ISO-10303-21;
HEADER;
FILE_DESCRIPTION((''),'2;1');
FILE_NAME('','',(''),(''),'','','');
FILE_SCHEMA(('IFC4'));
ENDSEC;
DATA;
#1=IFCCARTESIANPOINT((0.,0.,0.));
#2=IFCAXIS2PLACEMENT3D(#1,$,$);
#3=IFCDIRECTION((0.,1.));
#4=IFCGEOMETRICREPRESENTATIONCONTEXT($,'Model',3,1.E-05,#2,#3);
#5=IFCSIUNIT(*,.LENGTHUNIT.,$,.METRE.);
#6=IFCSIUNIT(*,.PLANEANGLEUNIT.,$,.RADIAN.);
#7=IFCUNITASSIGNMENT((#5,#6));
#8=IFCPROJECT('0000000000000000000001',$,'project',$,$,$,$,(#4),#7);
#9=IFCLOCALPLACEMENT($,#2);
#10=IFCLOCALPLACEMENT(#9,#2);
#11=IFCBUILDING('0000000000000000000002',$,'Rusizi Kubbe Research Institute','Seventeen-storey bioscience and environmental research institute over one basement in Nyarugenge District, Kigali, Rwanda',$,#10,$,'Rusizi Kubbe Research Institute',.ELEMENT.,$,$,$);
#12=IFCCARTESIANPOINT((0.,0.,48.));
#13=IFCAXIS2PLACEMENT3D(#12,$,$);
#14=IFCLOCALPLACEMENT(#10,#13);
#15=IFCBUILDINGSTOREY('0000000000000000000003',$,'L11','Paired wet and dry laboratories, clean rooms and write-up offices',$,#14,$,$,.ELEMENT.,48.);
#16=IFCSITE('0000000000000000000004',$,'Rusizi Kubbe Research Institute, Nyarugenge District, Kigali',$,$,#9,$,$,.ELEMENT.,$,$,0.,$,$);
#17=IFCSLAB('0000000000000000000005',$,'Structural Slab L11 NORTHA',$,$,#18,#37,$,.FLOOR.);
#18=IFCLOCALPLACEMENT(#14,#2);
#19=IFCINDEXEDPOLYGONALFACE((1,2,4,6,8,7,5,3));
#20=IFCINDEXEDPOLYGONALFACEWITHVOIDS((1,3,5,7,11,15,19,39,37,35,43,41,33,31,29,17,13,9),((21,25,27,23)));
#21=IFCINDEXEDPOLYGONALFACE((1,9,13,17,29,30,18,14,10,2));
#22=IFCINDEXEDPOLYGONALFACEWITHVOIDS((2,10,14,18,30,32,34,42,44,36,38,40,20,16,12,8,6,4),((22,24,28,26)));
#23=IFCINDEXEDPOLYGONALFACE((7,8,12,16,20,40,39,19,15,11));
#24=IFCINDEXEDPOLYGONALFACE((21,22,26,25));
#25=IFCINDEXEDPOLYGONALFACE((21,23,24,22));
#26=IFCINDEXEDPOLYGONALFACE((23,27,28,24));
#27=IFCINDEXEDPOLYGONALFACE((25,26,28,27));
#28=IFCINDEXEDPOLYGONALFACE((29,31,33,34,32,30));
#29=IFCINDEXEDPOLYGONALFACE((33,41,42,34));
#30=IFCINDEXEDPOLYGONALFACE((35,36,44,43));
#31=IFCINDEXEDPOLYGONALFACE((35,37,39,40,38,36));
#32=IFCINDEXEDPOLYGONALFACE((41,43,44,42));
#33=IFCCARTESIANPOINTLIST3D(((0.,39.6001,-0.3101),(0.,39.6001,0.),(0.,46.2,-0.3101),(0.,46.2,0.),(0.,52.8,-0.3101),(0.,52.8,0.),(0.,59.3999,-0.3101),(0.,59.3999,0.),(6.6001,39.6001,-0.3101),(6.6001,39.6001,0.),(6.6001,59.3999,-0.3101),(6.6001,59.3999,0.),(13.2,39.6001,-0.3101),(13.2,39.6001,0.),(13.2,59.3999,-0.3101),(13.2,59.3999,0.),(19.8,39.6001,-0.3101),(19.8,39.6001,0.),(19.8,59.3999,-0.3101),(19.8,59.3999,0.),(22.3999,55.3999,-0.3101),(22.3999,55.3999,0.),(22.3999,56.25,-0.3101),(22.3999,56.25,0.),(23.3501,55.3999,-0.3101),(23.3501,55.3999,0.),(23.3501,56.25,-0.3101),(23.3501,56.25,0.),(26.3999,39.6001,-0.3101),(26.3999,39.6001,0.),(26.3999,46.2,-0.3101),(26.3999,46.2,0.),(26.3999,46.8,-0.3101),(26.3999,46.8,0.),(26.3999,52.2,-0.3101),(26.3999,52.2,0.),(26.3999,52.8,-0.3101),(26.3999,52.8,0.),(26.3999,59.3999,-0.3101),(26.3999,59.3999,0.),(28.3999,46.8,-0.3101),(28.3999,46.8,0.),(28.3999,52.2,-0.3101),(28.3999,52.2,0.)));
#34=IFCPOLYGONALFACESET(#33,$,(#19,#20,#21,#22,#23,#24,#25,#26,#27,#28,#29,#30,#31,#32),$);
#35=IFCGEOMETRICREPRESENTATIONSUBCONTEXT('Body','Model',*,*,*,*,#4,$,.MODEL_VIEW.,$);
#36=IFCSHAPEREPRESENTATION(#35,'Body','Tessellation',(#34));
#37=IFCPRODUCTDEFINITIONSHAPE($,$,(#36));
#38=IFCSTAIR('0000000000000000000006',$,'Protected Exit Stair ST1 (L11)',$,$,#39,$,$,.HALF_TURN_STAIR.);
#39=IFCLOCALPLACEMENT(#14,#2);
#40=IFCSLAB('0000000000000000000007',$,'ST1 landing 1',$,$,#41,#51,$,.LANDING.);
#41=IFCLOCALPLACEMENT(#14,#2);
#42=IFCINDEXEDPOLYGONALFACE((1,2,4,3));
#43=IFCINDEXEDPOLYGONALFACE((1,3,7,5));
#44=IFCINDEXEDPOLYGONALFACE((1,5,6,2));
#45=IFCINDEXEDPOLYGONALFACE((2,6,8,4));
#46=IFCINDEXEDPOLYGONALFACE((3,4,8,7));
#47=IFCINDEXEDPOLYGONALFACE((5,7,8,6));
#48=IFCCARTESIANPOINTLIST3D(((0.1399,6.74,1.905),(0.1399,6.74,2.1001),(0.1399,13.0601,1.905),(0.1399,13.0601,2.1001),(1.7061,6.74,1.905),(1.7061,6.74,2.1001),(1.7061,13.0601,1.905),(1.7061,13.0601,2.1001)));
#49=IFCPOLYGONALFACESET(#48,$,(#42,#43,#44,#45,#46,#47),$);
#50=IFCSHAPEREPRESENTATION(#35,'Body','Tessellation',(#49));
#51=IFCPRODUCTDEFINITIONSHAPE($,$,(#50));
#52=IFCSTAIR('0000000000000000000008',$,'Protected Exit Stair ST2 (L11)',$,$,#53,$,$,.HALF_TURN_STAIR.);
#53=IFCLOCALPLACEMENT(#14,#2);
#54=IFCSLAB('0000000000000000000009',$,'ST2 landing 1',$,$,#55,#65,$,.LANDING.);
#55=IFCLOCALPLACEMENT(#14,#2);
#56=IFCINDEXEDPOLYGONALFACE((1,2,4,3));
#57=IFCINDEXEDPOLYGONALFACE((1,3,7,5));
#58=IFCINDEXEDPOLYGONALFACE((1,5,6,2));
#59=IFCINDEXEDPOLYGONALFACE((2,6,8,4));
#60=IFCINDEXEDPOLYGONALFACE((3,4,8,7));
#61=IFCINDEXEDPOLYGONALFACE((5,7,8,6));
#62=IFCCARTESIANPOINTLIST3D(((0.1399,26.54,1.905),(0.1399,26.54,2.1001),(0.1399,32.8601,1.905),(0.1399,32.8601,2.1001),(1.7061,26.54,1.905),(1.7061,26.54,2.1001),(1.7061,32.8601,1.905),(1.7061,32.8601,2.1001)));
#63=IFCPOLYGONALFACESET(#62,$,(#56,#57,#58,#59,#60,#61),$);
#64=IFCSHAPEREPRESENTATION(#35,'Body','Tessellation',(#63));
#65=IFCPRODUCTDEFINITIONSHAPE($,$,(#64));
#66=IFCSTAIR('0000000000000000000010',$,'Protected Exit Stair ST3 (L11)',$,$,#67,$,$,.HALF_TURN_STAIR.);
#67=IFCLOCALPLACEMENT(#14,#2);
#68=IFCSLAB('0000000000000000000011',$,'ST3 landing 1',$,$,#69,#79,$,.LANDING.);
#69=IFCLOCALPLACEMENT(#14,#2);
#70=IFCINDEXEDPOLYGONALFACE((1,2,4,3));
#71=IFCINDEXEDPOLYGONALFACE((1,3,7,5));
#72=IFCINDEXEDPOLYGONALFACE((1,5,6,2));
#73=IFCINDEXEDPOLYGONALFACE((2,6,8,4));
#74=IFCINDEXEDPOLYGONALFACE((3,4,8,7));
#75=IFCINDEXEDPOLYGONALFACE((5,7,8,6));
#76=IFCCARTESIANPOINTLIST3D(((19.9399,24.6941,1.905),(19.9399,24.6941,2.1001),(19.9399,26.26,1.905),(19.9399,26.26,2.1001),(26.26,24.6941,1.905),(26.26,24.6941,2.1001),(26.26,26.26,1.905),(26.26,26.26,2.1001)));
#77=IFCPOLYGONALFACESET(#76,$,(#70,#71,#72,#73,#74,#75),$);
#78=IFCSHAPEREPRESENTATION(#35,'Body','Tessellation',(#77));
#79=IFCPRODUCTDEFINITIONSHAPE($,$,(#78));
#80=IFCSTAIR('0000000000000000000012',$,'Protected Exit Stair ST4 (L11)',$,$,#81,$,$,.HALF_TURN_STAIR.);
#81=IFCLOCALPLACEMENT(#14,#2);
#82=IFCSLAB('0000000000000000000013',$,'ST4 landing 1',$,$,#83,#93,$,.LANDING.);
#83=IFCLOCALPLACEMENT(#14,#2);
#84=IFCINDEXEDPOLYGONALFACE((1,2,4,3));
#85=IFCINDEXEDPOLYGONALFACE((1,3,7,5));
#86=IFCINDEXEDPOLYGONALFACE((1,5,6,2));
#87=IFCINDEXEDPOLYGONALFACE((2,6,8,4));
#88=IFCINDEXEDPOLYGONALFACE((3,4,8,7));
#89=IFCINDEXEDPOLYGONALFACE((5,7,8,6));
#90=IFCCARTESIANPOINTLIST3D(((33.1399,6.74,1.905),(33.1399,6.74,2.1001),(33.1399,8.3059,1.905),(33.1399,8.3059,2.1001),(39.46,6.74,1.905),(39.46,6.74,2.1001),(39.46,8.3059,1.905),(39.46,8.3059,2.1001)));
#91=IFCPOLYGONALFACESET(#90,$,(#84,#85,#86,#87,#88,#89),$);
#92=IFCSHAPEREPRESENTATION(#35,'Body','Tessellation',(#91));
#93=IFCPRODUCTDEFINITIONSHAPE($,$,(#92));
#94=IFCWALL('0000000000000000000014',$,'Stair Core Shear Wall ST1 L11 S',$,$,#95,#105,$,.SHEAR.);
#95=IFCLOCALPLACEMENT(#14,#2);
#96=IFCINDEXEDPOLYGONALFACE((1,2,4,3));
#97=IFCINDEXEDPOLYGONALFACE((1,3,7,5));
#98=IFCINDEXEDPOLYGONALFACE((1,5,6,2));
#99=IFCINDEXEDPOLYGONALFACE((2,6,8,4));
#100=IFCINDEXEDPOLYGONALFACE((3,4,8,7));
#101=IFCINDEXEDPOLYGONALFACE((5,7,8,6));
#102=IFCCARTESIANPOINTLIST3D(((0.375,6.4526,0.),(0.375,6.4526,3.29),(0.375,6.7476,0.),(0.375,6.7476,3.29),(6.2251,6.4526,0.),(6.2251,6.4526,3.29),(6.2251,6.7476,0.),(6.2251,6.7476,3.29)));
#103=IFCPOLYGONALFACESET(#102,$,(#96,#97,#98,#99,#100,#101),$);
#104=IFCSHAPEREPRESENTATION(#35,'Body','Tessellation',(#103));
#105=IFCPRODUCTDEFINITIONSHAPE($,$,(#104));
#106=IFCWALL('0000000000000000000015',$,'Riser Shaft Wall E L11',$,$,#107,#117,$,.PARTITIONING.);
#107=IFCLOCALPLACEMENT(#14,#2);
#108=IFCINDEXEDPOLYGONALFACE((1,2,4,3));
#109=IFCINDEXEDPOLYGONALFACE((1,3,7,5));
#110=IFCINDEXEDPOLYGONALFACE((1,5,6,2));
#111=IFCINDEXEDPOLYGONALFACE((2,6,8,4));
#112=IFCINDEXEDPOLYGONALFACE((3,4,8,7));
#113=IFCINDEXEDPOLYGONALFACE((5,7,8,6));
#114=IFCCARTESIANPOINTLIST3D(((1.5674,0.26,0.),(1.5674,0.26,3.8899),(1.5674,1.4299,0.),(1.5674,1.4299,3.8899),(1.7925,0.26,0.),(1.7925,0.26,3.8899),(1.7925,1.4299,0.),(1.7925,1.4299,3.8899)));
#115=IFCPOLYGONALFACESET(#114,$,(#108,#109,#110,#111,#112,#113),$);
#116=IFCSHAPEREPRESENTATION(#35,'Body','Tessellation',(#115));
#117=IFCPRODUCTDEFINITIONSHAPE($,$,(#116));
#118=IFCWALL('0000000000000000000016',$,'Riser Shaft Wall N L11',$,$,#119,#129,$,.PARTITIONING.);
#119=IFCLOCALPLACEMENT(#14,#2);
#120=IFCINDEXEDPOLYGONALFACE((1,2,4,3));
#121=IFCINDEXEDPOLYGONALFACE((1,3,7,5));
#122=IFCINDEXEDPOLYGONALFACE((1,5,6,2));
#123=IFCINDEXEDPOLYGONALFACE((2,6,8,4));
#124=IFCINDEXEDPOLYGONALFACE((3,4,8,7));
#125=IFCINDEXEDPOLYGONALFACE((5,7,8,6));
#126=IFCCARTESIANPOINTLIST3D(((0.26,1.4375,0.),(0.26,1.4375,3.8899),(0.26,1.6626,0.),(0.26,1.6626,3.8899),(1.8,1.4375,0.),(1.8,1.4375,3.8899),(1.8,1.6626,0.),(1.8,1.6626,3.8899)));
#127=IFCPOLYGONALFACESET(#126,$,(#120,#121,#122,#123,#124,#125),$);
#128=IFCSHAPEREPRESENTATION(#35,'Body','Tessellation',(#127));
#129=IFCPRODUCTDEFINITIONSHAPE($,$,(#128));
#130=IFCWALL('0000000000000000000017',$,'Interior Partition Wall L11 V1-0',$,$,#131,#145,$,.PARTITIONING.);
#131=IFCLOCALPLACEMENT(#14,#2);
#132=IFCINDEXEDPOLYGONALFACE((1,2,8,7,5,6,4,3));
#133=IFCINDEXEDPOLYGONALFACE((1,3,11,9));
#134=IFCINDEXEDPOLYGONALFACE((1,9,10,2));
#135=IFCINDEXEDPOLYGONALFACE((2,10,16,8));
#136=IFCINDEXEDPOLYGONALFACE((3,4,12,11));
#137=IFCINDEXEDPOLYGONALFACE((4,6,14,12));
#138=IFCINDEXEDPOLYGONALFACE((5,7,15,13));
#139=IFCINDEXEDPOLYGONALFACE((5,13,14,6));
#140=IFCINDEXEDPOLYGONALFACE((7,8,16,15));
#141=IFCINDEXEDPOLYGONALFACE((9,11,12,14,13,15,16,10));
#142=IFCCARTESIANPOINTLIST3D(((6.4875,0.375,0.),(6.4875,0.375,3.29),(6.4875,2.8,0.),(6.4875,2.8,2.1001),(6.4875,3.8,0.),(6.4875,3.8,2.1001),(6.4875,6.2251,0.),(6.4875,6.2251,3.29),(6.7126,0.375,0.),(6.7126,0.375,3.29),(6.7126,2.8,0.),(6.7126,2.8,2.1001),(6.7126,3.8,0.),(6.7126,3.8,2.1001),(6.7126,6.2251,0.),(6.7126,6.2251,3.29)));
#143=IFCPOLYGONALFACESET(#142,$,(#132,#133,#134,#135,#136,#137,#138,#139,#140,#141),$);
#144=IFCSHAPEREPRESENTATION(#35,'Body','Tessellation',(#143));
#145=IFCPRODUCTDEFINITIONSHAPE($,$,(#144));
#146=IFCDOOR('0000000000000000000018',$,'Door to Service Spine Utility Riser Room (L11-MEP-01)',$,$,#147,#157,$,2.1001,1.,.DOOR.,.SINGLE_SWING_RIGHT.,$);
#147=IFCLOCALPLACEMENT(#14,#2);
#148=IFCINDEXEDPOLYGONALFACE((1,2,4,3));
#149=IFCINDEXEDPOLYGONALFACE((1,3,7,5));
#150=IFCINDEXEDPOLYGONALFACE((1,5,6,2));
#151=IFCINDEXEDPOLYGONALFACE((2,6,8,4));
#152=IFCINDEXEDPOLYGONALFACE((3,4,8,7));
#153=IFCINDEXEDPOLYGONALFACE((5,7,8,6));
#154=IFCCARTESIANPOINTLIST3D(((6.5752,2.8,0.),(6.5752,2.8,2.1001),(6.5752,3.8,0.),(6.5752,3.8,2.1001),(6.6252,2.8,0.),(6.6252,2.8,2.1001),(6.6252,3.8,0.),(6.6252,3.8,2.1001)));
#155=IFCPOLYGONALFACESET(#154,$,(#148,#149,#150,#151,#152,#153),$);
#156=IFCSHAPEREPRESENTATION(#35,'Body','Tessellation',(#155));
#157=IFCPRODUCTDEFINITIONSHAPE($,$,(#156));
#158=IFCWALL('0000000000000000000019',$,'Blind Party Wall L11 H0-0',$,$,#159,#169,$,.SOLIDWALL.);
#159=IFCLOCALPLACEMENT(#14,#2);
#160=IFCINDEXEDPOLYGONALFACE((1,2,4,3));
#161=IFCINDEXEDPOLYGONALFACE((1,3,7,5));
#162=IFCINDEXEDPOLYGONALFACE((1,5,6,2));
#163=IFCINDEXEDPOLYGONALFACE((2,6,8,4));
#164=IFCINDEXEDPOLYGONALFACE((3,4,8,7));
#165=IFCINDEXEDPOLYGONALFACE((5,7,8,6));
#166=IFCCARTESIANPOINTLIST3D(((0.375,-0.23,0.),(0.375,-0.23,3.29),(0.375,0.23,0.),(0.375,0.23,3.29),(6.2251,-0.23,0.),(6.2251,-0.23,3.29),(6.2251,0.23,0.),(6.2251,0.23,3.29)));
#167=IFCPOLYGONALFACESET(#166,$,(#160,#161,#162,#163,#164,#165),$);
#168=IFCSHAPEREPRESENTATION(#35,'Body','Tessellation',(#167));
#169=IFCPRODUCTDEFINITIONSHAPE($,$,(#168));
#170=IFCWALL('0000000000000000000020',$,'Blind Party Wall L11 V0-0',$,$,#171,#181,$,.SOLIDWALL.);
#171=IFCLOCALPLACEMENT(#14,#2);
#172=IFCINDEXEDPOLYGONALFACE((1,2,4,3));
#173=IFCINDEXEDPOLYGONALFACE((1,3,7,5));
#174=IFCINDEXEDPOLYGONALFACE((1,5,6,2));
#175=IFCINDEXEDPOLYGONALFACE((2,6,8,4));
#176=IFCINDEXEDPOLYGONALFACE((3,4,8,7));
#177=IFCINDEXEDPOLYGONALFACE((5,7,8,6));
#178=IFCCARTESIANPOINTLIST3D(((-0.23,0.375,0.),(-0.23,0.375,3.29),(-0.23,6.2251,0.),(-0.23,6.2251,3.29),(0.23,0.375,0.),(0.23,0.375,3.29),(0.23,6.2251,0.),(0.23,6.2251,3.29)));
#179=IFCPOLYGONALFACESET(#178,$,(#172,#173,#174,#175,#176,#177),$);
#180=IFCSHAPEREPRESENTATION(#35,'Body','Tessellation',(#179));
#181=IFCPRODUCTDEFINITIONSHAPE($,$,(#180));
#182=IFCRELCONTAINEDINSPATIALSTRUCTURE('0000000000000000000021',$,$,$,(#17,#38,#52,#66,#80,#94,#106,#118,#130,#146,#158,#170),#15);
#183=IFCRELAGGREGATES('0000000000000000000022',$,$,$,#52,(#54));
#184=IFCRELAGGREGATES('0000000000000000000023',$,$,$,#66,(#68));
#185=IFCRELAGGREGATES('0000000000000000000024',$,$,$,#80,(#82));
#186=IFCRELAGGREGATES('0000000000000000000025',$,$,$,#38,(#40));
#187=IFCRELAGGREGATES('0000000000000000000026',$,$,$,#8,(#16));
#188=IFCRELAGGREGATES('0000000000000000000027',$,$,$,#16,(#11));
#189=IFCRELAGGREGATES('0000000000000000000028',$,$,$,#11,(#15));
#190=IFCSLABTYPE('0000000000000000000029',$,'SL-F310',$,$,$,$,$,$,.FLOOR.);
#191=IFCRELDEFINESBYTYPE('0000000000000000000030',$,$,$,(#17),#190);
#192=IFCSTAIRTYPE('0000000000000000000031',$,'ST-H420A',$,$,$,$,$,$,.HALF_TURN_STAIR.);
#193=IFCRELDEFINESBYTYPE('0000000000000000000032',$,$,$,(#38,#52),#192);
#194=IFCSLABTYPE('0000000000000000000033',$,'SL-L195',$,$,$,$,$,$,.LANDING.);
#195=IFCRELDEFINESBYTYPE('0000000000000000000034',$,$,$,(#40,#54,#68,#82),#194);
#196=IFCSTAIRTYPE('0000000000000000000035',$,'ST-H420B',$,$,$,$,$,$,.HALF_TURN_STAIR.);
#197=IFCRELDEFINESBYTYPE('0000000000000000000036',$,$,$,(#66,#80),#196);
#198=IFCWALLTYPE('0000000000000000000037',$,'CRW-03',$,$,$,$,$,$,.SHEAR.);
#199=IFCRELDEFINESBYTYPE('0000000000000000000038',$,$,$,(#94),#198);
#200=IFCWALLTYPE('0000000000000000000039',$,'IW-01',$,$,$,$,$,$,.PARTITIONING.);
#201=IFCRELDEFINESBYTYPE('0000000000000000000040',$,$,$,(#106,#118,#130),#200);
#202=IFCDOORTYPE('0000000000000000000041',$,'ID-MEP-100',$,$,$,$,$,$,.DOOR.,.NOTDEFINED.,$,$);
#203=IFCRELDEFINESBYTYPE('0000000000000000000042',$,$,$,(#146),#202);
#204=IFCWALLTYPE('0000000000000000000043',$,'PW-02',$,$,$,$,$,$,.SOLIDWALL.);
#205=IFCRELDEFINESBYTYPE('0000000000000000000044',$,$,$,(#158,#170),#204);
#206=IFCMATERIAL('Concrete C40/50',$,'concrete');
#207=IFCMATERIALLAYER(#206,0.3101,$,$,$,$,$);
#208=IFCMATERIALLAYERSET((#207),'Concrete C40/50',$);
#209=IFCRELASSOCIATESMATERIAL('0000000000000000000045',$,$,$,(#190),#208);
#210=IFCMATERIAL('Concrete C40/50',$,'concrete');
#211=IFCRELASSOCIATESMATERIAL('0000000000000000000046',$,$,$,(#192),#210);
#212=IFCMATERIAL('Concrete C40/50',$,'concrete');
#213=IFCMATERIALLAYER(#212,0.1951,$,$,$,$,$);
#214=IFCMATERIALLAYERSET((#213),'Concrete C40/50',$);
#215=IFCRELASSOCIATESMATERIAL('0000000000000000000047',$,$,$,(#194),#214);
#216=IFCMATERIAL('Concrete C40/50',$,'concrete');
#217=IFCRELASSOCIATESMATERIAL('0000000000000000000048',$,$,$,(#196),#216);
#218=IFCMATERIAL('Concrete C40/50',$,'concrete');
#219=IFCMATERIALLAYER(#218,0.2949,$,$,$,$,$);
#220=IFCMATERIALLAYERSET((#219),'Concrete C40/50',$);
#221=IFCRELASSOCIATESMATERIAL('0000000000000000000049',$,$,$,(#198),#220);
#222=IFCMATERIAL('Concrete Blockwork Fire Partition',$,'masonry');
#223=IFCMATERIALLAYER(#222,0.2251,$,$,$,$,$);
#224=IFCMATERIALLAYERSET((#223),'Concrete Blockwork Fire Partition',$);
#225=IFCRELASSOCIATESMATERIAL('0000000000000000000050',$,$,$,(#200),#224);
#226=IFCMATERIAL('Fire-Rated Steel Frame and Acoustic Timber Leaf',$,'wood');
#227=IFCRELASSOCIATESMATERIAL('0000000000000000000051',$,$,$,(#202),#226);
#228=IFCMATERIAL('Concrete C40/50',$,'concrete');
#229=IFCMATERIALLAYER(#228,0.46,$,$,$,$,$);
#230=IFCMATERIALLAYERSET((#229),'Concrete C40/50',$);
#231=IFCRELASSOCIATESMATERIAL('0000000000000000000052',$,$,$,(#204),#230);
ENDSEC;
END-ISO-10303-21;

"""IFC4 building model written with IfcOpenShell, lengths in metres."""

from ifc_helpers import new_model, si_unit, direction, frame, frame_2d, origin, place, context, subcontext, project, spatial, polyline, rectangle, outline, extrude, material, layer, layer_set, type_object, element, fill, aggregate, save


model = new_model("IFC4")

# Units and contexts
model_context = context("Model", 3, precision=1e-05, world=origin(), true_north=direction((0.0, 1.0)))
body_context = subcontext(model_context, "Body", "Model", "MODEL_VIEW")
ifc_project = project(units=[si_unit("LENGTHUNIT", "METRE"), si_unit("PLANEANGLEUNIT", "RADIAN")], contexts=[model_context])

# Site, building, storey
site_placement = place(None, origin())
site = spatial("IfcSite", under=ifc_project, at=site_placement, Name="Rusizi Kubbe Research Institute, Nyarugenge District, Kigali", CompositionType="ELEMENT", RefElevation=0.0)
building_placement = place(site_placement, origin())
building = spatial("IfcBuilding", under=site, at=building_placement, Name="Rusizi Kubbe Research Institute", Description="Seventeen-storey bioscience and environmental research institute over one basement in Nyarugenge District, Kigali, Rwanda", LongName="Rusizi Kubbe Research Institute", CompositionType="ELEMENT")
storey_placement = place(building_placement, frame((0.0, 0.0, 48.0)))
storey = spatial("IfcBuildingStorey", under=building, at=storey_placement, Name="L11", Description="Paired wet and dry laboratories, clean rooms and write-up offices", CompositionType="ELEMENT", Elevation=48.0)

# Slab
ifc_material_1 = material(Name="Concrete C40/50", Category="concrete")
ifc_layer_1 = layer(ifc_material_1, 0.3101)
ifc_layer_set_1 = layer_set([ifc_layer_1], Name="Concrete C40/50")
slab_type_1 = type_object("IfcSlabType", Name="SL-F310", PredefinedType="FLOOR", material=ifc_layer_set_1)
slab_1_placement = place(storey_placement, frame((0.0, 0.0, -0.3101)))
element("IfcSlab", 1, at=slab_1_placement, inside=storey, type_object=slab_type_1, Name="Structural Slab L11 NORTHA", PredefinedType="FLOOR", context=body_context, shape_type="SweptSolid", body=[
    extrude(outline(polyline([(6.6001, 59.3999), (13.2, 59.3999), (19.8, 59.3999), (26.3999, 59.3999), (26.3999, 52.8), (26.3999, 52.2), (28.3999, 52.2), (28.3999, 46.8), (26.3999, 46.8), (26.3999, 46.2), (26.3999, 39.6001), (19.8, 39.6001), (13.2, 39.6001), (6.6001, 39.6001), (0.0, 39.6001), (0.0, 46.2), (0.0, 52.8), (0.0, 59.3999), (6.6001, 59.3999)]), holes=[polyline([(23.3501, 56.25), (22.3999, 56.25), (22.3999, 55.3999), (23.3501, 55.3999), (23.3501, 56.25)])]), origin(), (0.0, 0.0, 1.0), 0.3101),
])

# Stairs, slabs
ifc_material_2 = material(Name="Concrete C40/50", Category="concrete")
stair_type_1 = type_object("IfcStairType", Name="ST-H420A", PredefinedType="HALF_TURN_STAIR", material=ifc_material_2)
stair_1_placement = place(storey_placement, origin())
stair_1 = element("IfcStair", 2, at=stair_1_placement, inside=storey, type_object=stair_type_1, Name="Protected Exit Stair ST1 (L11)", PredefinedType="HALF_TURN_STAIR")
ifc_material_3 = material(Name="Concrete C40/50", Category="concrete")
ifc_layer_2 = layer(ifc_material_3, 0.1951)
ifc_layer_set_2 = layer_set([ifc_layer_2], Name="Concrete C40/50")
slab_type_2 = type_object("IfcSlabType", Name="SL-L195", PredefinedType="LANDING", material=ifc_layer_set_2)
slab_2_placement = place(storey_placement, frame((0.0, 0.0, 1.905)))
slab_2 = element("IfcSlab", 3, at=slab_2_placement, type_object=slab_type_2, Name="ST1 landing 1", PredefinedType="LANDING", context=body_context, shape_type="SweptSolid", body=[
    extrude(outline(polyline([(1.7061, 13.0601), (0.1399, 13.0601), (0.1399, 6.74), (1.7061, 6.74), (1.7061, 13.0601)])), origin(), (0.0, 0.0, 1.0), 0.1951),
])
stair_2_placement = place(storey_placement, origin())
stair_2 = element("IfcStair", 4, at=stair_2_placement, inside=storey, type_object=stair_type_1, Name="Protected Exit Stair ST2 (L11)", PredefinedType="HALF_TURN_STAIR")
slab_3_placement = place(storey_placement, frame((0.0, 0.0, 1.905)))
slab_3 = element("IfcSlab", 5, at=slab_3_placement, type_object=slab_type_2, Name="ST2 landing 1", PredefinedType="LANDING", context=body_context, shape_type="SweptSolid", body=[
    extrude(outline(polyline([(1.7061, 32.8601), (0.1399, 32.8601), (0.1399, 26.54), (1.7061, 26.54), (1.7061, 32.8601)])), origin(), (0.0, 0.0, 1.0), 0.1951),
])
aggregate(stair_2, [slab_3])
ifc_material_4 = material(Name="Concrete C40/50", Category="concrete")
stair_type_2 = type_object("IfcStairType", Name="ST-H420B", PredefinedType="HALF_TURN_STAIR", material=ifc_material_4)
stair_3_placement = place(storey_placement, origin())
stair_3 = element("IfcStair", 6, at=stair_3_placement, inside=storey, type_object=stair_type_2, Name="Protected Exit Stair ST3 (L11)", PredefinedType="HALF_TURN_STAIR")
slab_4_placement = place(storey_placement, frame((0.0, 0.0, 1.905)))
slab_4 = element("IfcSlab", 7, at=slab_4_placement, type_object=slab_type_2, Name="ST3 landing 1", PredefinedType="LANDING", context=body_context, shape_type="SweptSolid", body=[
    extrude(outline(polyline([(26.26, 24.6941), (26.26, 26.26), (19.9399, 26.26), (19.9399, 24.6941), (26.26, 24.6941)])), origin(), (0.0, 0.0, 1.0), 0.1951),
])
aggregate(stair_3, [slab_4])
stair_4_placement = place(storey_placement, origin())
stair_4 = element("IfcStair", 8, at=stair_4_placement, inside=storey, type_object=stair_type_2, Name="Protected Exit Stair ST4 (L11)", PredefinedType="HALF_TURN_STAIR")
slab_5_placement = place(storey_placement, frame((0.0, 0.0, 1.905)))
slab_5 = element("IfcSlab", 9, at=slab_5_placement, type_object=slab_type_2, Name="ST4 landing 1", PredefinedType="LANDING", context=body_context, shape_type="SweptSolid", body=[
    extrude(outline(polyline([(33.1399, 8.3059), (33.1399, 6.74), (39.46, 6.74), (39.46, 8.3059), (33.1399, 8.3059)])), origin(), (0.0, 0.0, 1.0), 0.1951),
])
aggregate(stair_4, [slab_5])

# Walls
ifc_material_5 = material(Name="Concrete C40/50", Category="concrete")
ifc_layer_3 = layer(ifc_material_5, 0.2949)
ifc_layer_set_3 = layer_set([ifc_layer_3], Name="Concrete C40/50")
wall_type_1 = type_object("IfcWallType", Name="CRW-03", PredefinedType="SHEAR", material=ifc_layer_set_3)
wall_1_placement = place(storey_placement, frame((0.375, 6.6001, 0.0), z_axis=(0.0, 0.0, 1.0), x_axis=(1.0, 0.0, 0.0)))
element("IfcWall", 10, at=wall_1_placement, inside=storey, type_object=wall_type_1, Name="Stair Core Shear Wall ST1 L11 S", PredefinedType="SHEAR", context=body_context, shape_type="SweptSolid", body=[
    extrude(rectangle(XDim=5.8501, YDim=0.2949, at=frame_2d((2.925, 0.0))), origin(), (0.0, 0.0, 1.0), 3.29),
])
ifc_material_6 = material(Name="Concrete Blockwork Fire Partition", Category="masonry")
ifc_layer_4 = layer(ifc_material_6, 0.2251)
ifc_layer_set_4 = layer_set([ifc_layer_4], Name="Concrete Blockwork Fire Partition")
wall_type_2 = type_object("IfcWallType", Name="IW-01", PredefinedType="PARTITIONING", material=ifc_layer_set_4)
wall_2_placement = place(storey_placement, frame((1.6799, 0.26, 0.0), z_axis=(0.0, 0.0, 1.0), x_axis=(0.0, 1.0, 0.0)))
element("IfcWall", 11, at=wall_2_placement, inside=storey, type_object=wall_type_2, Name="Riser Shaft Wall E L11", PredefinedType="PARTITIONING", context=body_context, shape_type="SweptSolid", body=[
    extrude(rectangle(XDim=1.1699, YDim=0.2251, at=frame_2d((0.585, 0.0))), origin(), (0.0, 0.0, 1.0), 3.8899),
])
wall_3_placement = place(storey_placement, frame((0.26, 1.55, 0.0), z_axis=(0.0, 0.0, 1.0), x_axis=(1.0, 0.0, 0.0)))
element("IfcWall", 12, at=wall_3_placement, inside=storey, type_object=wall_type_2, Name="Riser Shaft Wall N L11", PredefinedType="PARTITIONING", context=body_context, shape_type="SweptSolid", body=[
    extrude(rectangle(XDim=1.54, YDim=0.2251, at=frame_2d((0.77, 0.0))), origin(), (0.0, 0.0, 1.0), 3.8899),
])

# Wall, opening, door
wall_4_placement = place(storey_placement, frame((6.6001, 0.375, 0.0), z_axis=(0.0, 0.0, 1.0), x_axis=(0.0, 1.0, 0.0)))
wall_4 = element("IfcWall", 13, at=wall_4_placement, inside=storey, type_object=wall_type_2, Name="Interior Partition Wall L11 V1-0", PredefinedType="PARTITIONING", context=body_context, shape_type="SweptSolid", body=[
    extrude(rectangle(XDim=5.8501, YDim=0.2251, at=frame_2d((2.925, 0.0))), origin(), (0.0, 0.0, 1.0), 3.29),
])
opening_placement = place(wall_4_placement, frame((2.425, 0.0, 0.0)))
opening = element("IfcOpeningElement", 14, at=opening_placement, cuts=wall_4, PredefinedType="OPENING", context=body_context, shape_type="SweptSolid", body=[
    extrude(rectangle(XDim=1.0, YDim=2.1001, at=frame_2d((0.5, 1.05))), frame((0.0, 0.1226, 0.0), z_axis=(0.0, -1.0, 0.0), x_axis=(1.0, 0.0, 0.0)), (0.0, 0.0, 1.0), 0.2451),
])
ifc_material_7 = material(Name="Fire-Rated Steel Frame and Acoustic Timber Leaf", Category="wood")
door_type = type_object("IfcDoorType", Name="ID-MEP-100", OperationType="NOTDEFINED", PredefinedType="DOOR", material=ifc_material_7)
door_placement = place(opening_placement, origin())
door = element("IfcDoor", 15, at=door_placement, inside=storey, type_object=door_type, Name="Door to Service Spine Utility Riser Room (L11-MEP-01)", OperationType="SINGLE_SWING_RIGHT", OverallHeight=2.1001, OverallWidth=1.0, PredefinedType="DOOR", context=body_context, shape_type="SweptSolid", body=[
    extrude(rectangle(XDim=1.0, YDim=2.1001, at=frame_2d((0.5, 1.05))), frame((0.0, 0.0249, 0.0), z_axis=(0.0, -1.0, 0.0), x_axis=(1.0, 0.0, 0.0)), (0.0, 0.0, 1.0), 0.05),
])
fill(opening, door)

# Walls
ifc_material_8 = material(Name="Concrete C40/50", Category="concrete")
ifc_layer_5 = layer(ifc_material_8, 0.46)
ifc_layer_set_5 = layer_set([ifc_layer_5], Name="Concrete C40/50")
wall_type_3 = type_object("IfcWallType", Name="PW-02", PredefinedType="SOLIDWALL", material=ifc_layer_set_5)
for number, where, z_axis, x_axis, name in (
    (16, (0.375, 0.0, 0.0), (0.0, 0.0, 1.0), (1.0, 0.0, 0.0), "Blind Party Wall L11 H0-0"),
    (17, (0.0, 0.375, 0.0), (0.0, 0.0, 1.0), (0.0, 1.0, 0.0), "Blind Party Wall L11 V0-0"),
):
    element("IfcWall", number, at=place(storey_placement, frame(where, z_axis=z_axis, x_axis=x_axis)), inside=storey, type_object=wall_type_3, Name=name, PredefinedType="SOLIDWALL", context=body_context, shape_type="SweptSolid", body=[
        extrude(rectangle(XDim=5.8501, YDim=0.46, at=frame_2d((2.925, 0.0))), origin(), (0.0, 0.0, 1.0), 3.29),
    ])

aggregate(stair_1, [slab_2])

save(model, "model.ifc")
